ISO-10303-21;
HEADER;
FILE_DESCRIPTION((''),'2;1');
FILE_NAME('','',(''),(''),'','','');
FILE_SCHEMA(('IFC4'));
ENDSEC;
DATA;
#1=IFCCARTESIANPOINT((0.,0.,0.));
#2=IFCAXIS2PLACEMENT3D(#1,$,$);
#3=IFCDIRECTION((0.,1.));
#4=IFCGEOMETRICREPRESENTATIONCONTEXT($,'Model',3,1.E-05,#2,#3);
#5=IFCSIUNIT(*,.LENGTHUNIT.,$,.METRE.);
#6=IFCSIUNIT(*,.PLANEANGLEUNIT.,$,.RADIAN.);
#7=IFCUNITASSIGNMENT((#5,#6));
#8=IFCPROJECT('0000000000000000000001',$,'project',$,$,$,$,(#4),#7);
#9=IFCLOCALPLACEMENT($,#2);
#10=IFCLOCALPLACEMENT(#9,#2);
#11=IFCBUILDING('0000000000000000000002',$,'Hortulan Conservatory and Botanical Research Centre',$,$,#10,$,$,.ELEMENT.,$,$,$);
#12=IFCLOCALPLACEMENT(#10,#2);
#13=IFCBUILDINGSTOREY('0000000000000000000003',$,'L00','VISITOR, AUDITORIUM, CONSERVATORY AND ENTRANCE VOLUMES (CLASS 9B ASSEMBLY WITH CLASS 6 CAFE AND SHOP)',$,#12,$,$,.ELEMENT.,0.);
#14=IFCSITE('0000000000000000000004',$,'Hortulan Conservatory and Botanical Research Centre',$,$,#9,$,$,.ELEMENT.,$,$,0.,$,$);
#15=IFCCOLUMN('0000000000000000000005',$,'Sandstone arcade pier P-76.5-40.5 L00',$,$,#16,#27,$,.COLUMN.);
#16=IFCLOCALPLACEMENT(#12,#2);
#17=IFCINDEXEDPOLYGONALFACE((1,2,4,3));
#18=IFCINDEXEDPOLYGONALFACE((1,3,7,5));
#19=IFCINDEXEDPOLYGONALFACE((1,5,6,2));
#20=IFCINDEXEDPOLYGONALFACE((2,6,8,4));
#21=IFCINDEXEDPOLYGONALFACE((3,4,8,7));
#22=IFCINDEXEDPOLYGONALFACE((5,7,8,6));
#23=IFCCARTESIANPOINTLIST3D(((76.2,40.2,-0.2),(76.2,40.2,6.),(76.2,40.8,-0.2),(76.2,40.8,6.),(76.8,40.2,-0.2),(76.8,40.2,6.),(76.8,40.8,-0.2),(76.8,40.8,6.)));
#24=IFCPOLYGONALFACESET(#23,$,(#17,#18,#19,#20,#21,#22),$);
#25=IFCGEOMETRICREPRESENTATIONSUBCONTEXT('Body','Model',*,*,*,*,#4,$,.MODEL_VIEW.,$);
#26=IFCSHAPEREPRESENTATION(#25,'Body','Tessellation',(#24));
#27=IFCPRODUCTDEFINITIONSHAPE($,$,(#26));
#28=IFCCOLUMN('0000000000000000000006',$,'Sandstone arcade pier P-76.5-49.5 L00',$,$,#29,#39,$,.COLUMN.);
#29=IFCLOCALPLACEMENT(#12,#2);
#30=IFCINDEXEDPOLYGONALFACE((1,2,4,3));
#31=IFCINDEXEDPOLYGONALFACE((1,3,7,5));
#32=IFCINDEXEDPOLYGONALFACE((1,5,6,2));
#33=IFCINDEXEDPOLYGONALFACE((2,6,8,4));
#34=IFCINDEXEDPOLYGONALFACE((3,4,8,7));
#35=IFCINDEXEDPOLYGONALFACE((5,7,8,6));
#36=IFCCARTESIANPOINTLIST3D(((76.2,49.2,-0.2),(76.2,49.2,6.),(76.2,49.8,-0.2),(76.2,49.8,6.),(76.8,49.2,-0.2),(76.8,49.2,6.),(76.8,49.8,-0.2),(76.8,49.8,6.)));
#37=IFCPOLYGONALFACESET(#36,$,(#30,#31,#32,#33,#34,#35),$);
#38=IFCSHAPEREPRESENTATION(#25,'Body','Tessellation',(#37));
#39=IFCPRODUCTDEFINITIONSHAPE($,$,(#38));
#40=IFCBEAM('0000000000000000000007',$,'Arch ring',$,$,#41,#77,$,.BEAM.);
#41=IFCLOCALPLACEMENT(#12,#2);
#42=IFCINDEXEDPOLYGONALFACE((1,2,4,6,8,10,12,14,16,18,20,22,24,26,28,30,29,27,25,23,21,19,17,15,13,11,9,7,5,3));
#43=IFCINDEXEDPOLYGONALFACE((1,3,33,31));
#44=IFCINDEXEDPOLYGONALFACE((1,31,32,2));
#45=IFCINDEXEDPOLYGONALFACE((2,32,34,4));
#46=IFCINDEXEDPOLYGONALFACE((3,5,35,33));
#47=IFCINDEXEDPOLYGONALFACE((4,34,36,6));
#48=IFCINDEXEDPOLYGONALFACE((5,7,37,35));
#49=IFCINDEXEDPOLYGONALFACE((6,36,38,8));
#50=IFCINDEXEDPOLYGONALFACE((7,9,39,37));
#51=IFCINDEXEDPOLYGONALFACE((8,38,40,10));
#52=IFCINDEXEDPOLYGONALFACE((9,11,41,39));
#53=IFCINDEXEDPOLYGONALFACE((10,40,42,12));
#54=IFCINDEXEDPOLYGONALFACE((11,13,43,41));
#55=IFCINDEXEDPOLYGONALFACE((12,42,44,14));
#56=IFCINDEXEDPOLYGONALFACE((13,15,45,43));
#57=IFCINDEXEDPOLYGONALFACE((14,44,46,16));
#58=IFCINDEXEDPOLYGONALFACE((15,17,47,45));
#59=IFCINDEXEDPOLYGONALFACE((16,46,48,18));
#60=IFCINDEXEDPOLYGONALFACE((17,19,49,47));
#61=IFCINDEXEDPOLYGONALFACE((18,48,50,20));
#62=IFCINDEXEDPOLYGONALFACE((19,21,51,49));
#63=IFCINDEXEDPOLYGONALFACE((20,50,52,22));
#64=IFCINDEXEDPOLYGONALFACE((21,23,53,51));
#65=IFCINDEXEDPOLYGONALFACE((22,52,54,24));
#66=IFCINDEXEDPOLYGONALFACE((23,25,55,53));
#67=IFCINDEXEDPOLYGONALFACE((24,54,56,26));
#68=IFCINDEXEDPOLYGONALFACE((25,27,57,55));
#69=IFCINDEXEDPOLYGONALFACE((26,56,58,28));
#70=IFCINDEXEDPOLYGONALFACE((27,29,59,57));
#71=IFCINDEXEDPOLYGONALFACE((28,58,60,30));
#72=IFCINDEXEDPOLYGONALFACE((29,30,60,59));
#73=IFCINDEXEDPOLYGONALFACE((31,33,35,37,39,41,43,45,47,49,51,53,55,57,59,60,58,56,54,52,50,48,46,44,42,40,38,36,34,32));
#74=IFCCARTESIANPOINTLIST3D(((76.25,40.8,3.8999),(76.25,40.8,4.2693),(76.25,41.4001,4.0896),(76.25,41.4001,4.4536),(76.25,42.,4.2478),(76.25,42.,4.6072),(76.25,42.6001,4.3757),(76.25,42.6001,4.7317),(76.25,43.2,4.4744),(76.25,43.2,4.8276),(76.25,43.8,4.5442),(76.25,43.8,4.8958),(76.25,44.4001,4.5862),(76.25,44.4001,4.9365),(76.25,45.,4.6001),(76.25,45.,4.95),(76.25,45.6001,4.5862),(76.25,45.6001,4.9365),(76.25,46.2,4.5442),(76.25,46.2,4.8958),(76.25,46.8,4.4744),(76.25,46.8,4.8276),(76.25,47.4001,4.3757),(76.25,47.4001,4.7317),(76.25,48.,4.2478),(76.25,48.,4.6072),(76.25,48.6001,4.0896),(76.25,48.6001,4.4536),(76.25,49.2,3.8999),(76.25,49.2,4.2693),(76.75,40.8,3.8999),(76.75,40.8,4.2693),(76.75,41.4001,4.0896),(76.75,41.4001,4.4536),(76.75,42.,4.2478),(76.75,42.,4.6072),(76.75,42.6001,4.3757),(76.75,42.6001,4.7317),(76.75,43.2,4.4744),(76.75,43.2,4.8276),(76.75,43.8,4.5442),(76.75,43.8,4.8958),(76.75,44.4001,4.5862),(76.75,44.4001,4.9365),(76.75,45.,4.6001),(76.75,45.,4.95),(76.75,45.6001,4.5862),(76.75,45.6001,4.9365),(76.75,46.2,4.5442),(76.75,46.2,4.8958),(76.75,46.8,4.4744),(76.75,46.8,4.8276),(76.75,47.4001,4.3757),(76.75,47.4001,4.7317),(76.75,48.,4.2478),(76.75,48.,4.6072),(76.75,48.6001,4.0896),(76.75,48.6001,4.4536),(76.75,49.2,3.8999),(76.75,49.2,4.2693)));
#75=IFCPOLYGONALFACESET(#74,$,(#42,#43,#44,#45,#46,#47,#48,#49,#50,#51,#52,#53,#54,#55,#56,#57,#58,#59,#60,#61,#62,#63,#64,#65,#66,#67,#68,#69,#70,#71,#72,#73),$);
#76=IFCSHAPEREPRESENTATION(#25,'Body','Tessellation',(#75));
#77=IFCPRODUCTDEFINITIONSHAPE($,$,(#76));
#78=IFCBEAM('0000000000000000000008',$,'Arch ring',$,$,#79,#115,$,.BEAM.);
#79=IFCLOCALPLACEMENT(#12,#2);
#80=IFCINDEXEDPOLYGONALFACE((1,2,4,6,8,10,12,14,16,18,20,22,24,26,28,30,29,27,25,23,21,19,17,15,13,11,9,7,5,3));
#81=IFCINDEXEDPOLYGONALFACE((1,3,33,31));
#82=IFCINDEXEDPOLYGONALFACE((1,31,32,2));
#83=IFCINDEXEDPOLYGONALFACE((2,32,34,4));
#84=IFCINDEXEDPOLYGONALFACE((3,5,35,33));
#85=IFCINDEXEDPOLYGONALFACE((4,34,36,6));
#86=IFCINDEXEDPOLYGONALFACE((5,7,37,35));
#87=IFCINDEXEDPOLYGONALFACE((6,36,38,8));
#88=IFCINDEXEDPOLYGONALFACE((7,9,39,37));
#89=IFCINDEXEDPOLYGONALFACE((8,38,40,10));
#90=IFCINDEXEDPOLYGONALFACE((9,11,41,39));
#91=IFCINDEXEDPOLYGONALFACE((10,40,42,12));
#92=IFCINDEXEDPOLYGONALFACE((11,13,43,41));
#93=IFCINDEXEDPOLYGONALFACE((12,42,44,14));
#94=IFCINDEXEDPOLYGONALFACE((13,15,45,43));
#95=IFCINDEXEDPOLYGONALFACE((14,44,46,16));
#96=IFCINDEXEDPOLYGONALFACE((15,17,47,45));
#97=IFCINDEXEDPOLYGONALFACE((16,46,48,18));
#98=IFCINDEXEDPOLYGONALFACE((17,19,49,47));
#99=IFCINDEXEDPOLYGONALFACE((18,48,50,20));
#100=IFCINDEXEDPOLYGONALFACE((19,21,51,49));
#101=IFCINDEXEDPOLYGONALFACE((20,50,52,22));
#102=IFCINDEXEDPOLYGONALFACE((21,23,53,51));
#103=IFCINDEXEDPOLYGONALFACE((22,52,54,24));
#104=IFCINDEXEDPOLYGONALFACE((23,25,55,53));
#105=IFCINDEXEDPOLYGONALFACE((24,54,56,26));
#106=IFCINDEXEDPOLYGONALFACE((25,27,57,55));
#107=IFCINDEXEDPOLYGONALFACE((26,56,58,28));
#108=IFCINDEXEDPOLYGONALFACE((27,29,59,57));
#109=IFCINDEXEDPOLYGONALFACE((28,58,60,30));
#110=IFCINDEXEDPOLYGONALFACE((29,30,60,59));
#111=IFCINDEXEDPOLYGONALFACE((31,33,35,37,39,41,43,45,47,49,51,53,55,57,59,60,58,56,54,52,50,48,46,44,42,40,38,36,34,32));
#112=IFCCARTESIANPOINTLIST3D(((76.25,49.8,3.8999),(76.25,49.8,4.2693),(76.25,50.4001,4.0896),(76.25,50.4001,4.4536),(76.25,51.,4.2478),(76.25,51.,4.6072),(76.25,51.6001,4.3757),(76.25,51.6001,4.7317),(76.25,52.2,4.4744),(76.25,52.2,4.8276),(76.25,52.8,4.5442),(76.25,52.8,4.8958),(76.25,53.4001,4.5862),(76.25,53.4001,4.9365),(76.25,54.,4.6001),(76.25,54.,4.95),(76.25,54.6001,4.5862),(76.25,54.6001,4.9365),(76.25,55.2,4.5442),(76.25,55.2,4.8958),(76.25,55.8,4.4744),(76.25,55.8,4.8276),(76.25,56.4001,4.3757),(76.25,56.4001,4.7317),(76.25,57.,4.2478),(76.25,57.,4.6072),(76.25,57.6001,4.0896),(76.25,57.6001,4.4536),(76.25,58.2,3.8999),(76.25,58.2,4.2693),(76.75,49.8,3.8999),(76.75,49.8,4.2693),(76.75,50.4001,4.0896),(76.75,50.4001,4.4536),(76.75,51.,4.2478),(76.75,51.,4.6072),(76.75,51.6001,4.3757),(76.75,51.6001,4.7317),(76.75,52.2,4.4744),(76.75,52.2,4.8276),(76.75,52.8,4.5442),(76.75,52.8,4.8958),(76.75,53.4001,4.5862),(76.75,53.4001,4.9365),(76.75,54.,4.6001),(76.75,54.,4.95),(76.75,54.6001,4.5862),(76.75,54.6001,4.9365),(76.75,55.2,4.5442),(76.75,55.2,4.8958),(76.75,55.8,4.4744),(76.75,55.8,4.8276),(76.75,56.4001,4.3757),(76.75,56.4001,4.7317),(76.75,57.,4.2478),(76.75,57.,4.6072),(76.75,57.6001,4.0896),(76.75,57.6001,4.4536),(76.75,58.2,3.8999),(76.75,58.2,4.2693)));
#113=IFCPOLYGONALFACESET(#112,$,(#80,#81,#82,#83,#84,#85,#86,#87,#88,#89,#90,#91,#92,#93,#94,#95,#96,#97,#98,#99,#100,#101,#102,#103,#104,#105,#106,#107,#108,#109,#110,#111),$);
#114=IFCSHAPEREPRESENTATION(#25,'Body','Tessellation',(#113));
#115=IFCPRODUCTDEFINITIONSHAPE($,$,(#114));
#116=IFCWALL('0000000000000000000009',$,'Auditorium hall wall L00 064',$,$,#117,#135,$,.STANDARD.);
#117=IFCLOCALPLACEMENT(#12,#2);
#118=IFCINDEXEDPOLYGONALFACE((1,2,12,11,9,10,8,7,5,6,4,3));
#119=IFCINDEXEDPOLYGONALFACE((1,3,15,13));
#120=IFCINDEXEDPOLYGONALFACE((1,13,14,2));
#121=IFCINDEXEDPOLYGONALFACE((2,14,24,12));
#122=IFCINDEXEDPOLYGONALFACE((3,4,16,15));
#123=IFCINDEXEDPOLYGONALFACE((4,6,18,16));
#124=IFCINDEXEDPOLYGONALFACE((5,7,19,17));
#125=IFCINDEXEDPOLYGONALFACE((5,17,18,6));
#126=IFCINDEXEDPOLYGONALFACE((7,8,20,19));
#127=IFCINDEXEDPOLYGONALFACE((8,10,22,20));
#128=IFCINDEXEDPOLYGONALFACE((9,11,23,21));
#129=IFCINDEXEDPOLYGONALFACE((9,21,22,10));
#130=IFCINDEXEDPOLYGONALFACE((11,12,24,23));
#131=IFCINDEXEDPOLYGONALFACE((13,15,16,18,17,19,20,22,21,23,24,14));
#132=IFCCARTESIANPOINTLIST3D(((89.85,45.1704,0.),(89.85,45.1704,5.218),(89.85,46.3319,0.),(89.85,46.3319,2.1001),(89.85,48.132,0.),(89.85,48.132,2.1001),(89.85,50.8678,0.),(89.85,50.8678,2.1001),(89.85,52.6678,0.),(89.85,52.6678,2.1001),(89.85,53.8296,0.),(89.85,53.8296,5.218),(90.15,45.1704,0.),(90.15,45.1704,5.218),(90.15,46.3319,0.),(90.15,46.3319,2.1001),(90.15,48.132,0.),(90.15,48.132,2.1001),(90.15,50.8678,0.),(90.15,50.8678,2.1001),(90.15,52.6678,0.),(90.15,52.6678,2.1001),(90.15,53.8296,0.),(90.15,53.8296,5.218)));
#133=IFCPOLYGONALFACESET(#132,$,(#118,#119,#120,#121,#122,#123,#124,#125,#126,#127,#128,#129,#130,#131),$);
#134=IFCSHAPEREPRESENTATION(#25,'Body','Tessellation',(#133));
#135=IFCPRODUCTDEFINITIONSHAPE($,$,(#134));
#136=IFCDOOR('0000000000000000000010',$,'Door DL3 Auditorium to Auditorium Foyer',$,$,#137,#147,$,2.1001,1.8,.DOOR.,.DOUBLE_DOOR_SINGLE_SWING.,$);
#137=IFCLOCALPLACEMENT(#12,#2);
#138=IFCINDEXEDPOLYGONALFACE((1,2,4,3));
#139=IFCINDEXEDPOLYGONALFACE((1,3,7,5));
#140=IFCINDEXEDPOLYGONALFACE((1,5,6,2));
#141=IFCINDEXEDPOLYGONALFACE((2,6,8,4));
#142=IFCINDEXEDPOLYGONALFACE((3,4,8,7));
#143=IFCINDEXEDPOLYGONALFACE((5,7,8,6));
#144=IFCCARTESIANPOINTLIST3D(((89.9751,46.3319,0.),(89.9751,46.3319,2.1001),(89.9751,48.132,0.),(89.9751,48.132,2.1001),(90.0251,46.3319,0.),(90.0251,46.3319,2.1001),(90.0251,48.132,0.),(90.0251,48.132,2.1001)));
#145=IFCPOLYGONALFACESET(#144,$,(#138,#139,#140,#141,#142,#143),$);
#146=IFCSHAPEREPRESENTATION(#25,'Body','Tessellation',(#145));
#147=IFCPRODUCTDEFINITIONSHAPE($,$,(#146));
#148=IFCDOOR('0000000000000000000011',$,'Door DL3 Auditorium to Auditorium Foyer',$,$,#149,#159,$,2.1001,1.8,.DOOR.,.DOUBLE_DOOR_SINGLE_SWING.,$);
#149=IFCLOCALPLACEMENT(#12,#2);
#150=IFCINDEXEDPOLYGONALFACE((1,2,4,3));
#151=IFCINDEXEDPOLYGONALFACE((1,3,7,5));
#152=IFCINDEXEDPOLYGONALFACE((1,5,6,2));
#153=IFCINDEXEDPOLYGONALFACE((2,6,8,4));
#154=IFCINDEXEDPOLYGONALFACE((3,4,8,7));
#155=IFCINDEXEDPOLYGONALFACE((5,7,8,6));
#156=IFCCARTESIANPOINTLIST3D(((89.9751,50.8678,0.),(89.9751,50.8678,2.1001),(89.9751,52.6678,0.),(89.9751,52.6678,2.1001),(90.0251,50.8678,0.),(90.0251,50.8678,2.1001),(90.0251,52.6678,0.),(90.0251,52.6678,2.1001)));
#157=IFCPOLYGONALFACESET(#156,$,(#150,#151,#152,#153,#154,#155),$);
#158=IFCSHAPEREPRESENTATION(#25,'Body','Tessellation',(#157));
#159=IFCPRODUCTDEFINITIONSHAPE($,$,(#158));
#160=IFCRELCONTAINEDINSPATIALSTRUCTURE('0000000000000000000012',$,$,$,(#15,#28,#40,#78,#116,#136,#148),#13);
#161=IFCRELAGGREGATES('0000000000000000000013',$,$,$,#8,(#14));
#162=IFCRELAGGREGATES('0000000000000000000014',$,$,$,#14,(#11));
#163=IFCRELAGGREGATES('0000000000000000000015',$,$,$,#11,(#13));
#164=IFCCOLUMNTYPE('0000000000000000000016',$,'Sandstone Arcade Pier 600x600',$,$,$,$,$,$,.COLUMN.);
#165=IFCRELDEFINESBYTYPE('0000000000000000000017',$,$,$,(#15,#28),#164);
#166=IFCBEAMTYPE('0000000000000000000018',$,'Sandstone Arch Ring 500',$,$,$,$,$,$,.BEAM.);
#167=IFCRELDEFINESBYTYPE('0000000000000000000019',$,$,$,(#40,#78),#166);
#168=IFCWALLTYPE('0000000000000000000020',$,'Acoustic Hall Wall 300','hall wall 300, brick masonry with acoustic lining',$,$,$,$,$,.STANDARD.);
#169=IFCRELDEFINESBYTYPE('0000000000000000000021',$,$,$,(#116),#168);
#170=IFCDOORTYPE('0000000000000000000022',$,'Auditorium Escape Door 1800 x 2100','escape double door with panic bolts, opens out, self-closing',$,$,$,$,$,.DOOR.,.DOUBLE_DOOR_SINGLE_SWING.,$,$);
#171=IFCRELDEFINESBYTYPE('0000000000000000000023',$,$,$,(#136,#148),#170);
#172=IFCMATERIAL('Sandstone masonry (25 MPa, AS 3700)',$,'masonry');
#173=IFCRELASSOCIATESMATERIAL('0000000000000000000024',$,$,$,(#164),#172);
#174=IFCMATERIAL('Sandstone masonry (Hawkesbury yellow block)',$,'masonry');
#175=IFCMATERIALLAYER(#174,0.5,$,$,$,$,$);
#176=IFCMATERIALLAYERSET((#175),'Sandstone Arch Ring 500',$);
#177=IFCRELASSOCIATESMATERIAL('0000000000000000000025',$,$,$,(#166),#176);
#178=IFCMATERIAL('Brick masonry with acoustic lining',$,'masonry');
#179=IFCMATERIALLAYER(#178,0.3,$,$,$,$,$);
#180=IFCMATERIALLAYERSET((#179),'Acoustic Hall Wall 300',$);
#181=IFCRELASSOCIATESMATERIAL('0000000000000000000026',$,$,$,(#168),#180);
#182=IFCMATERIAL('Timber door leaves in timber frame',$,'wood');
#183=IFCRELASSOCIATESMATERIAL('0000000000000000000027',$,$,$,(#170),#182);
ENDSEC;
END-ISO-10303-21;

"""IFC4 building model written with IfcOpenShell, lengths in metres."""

from ifc_helpers import new_model, si_unit, direction, frame, frame_2d, origin, origin_2d, place, context, subcontext, project, spatial, polyline, rectangle, outline, extrude, material, layer, layer_set, material_profile, profile_set, type_object, element, fill, save


model = new_model("IFC4")

# Units and contexts
model_context = context("Model", 3, precision=1e-05, world=origin(), true_north=direction((0.0, 1.0)))
body_context = subcontext(model_context, "Body", "Model", "MODEL_VIEW")
ifc_project = project(units=[si_unit("LENGTHUNIT", "METRE"), si_unit("PLANEANGLEUNIT", "RADIAN")], contexts=[model_context])

# Site, building, storey
site_placement = place(None, origin())
site = spatial("IfcSite", under=ifc_project, at=site_placement, Name="Hortulan Conservatory and Botanical Research Centre", CompositionType="ELEMENT", RefElevation=0.0)
building_placement = place(site_placement, origin())
building = spatial("IfcBuilding", under=site, at=building_placement, Name="Hortulan Conservatory and Botanical Research Centre", CompositionType="ELEMENT")
storey_placement = place(building_placement, origin())
storey = spatial("IfcBuildingStorey", under=building, at=storey_placement, Name="L00", Description="VISITOR, AUDITORIUM, CONSERVATORY AND ENTRANCE VOLUMES (CLASS 9B ASSEMBLY WITH CLASS 6 CAFE AND SHOP)", CompositionType="ELEMENT", Elevation=0.0)

# Columns
ifc_material_1 = material(Name="Sandstone masonry (25 MPa, AS 3700)", Category="masonry")
ifc_material_profile_1 = material_profile(ifc_material_1, rectangle(XDim=0.6001, YDim=0.6001, at=origin_2d()), Name="Square pier 600")
ifc_profile_set_1 = profile_set([ifc_material_profile_1], Name="Sandstone masonry (25 MPa, AS 3700)")
column_type_1 = type_object("IfcColumnType", Name="Sandstone Arcade Pier 600x600", PredefinedType="COLUMN", material=ifc_profile_set_1)
for number, where, z_axis, x_axis, name in (
    (1, (76.5, 40.5, -0.2), (0.0, 0.0, 1.0), (1.0, 0.0, 0.0), "Sandstone arcade pier P-76.5-40.5 L00"),
    (2, (76.5, 49.5, -0.2), (0.0, 0.0, 1.0), (1.0, 0.0, 0.0), "Sandstone arcade pier P-76.5-49.5 L00"),
):
    element("IfcColumn", number, at=place(storey_placement, frame(where, z_axis=z_axis, x_axis=x_axis)), inside=storey, type_object=column_type_1, Name=name, PredefinedType="COLUMN", context=body_context, shape_type="SweptSolid", body=[
        extrude(rectangle(XDim=0.6001, YDim=0.6001, at=origin_2d()), origin(), (0.0, 0.0, 1.0), 6.2),
    ])

# Beams
ifc_material_2 = material(Name="Sandstone masonry (Hawkesbury yellow block)", Category="masonry")
ifc_layer_1 = layer(ifc_material_2, 0.5)
ifc_layer_set_1 = layer_set([ifc_layer_1], Name="Sandstone Arch Ring 500")
beam_type = type_object("IfcBeamType", Name="Sandstone Arch Ring 500", PredefinedType="BEAM", material=ifc_layer_set_1)
for number, where, z_axis, x_axis, name in (
    (3, (76.5, 40.8, 3.8999), (0.0, 0.0, 1.0), (0.0, 1.0, 0.0), "Arch ring"),
    (4, (76.5, 49.8, 3.8999), (0.0, 0.0, 1.0), (0.0, 1.0, 0.0), "Arch ring"),
):
    element("IfcBeam", number, at=place(storey_placement, frame(where, z_axis=z_axis, x_axis=x_axis)), inside=storey, type_object=beam_type, Name=name, PredefinedType="BEAM", context=body_context, shape_type="SweptSolid", body=[
        extrude(outline(polyline([(0.0, 0.0), (0.6001, 0.1897), (1.2, 0.3479), (1.8, 0.4758), (2.3999, 0.5745), (3.0, 0.6443), (3.6001, 0.6863), (4.2, 0.7002), (4.8, 0.6863), (5.3999, 0.6443), (6.0, 0.5745), (6.6001, 0.4758), (7.2, 0.3479), (7.8, 0.1897), (8.3999, 0.0), (8.3999, 0.3694), (7.8, 0.5537), (7.2, 0.7073), (6.6001, 0.8318), (6.0, 0.9277), (5.3999, 0.9958), (4.8, 1.0366), (4.2, 1.05), (3.6001, 1.0366), (3.0, 0.9958), (2.3999, 0.9277), (1.8, 0.8318), (1.2, 0.7073), (0.6001, 0.5537), (0.0, 0.3694), (0.0, 0.0)])), frame((0.0, 0.25, 0.0), z_axis=(0.0, -1.0, 0.0), x_axis=(1.0, 0.0, 0.0)), (0.0, 0.0, 1.0), 0.5),
    ])

# Wall, openings, doors
ifc_material_3 = material(Name="Brick masonry with acoustic lining", Category="masonry")
ifc_layer_2 = layer(ifc_material_3, 0.3)
ifc_layer_set_2 = layer_set([ifc_layer_2], Name="Acoustic Hall Wall 300")
wall_type_1 = type_object("IfcWallType", Name="Acoustic Hall Wall 300", Description="hall wall 300, brick masonry with acoustic lining", PredefinedType="STANDARD", material=ifc_layer_set_2)
wall_1_placement = place(storey_placement, frame((90.0, 45.1704, 0.0), z_axis=(0.0, 0.0, 1.0), x_axis=(0.0, 1.0, 0.0)))
wall_1 = element("IfcWall", 5, at=wall_1_placement, inside=storey, type_object=wall_type_1, Name="Auditorium hall wall L00 064", PredefinedType="STANDARD", context=body_context, shape_type="SweptSolid", body=[
    extrude(rectangle(XDim=8.6592, YDim=0.3, at=frame_2d((4.3296, 0.0))), origin(), (0.0, 0.0, 1.0), 5.218),
])
opening_1_placement = place(wall_1_placement, frame((1.1616, 0.0, 0.0)))
opening_1 = element("IfcOpeningElement", 6, at=opening_1_placement, cuts=wall_1, PredefinedType="OPENING", context=body_context, shape_type="SweptSolid", body=[
    extrude(rectangle(XDim=1.8, YDim=2.1001, at=frame_2d((0.8999, 1.05))), frame((0.0, 0.1599, 0.0), z_axis=(0.0, -1.0, 0.0), x_axis=(1.0, 0.0, 0.0)), (0.0, 0.0, 1.0), 0.3201),
])
opening_2_placement = place(wall_1_placement, frame((5.6975, 0.0, 0.0)))
opening_2 = element("IfcOpeningElement", 7, at=opening_2_placement, cuts=wall_1, PredefinedType="OPENING", context=body_context, shape_type="SweptSolid", body=[
    extrude(rectangle(XDim=1.8, YDim=2.1001, at=frame_2d((0.8999, 1.05))), frame((0.0, 0.1599, 0.0), z_axis=(0.0, -1.0, 0.0), x_axis=(1.0, 0.0, 0.0)), (0.0, 0.0, 1.0), 0.3201),
])
ifc_material_4 = material(Name="Timber door leaves in timber frame", Category="wood")
door_type_1 = type_object("IfcDoorType", Name="Auditorium Escape Door 1800 x 2100", Description="escape double door with panic bolts, opens out, self-closing", OperationType="DOUBLE_DOOR_SINGLE_SWING", PredefinedType="DOOR", material=ifc_material_4)
door_1_placement = place(opening_1_placement, origin())
door_1 = element("IfcDoor", 8, at=door_1_placement, inside=storey, type_object=door_type_1, Name="Door DL3 Auditorium to Auditorium Foyer", OperationType="DOUBLE_DOOR_SINGLE_SWING", OverallHeight=2.1001, OverallWidth=1.8, PredefinedType="DOOR", context=body_context, shape_type="SweptSolid", body=[
    extrude(rectangle(XDim=1.8, YDim=2.1001, at=frame_2d((0.8999, 1.05))), frame((0.0, 0.0249, 0.0), z_axis=(0.0, -1.0, 0.0), x_axis=(1.0, 0.0, 0.0)), (0.0, 0.0, 1.0), 0.05),
])
fill(opening_1, door_1)
door_2_placement = place(opening_2_placement, origin())
door_2 = element("IfcDoor", 9, at=door_2_placement, inside=storey, type_object=door_type_1, Name="Door DL3 Auditorium to Auditorium Foyer", OperationType="DOUBLE_DOOR_SINGLE_SWING", OverallHeight=2.1001, OverallWidth=1.8, PredefinedType="DOOR", context=body_context, shape_type="SweptSolid", body=[
    extrude(rectangle(XDim=1.8, YDim=2.1001, at=frame_2d((0.8999, 1.05))), frame((0.0, 0.0249, 0.0), z_axis=(0.0, -1.0, 0.0), x_axis=(1.0, 0.0, 0.0)), (0.0, 0.0, 1.0), 0.05),
])
fill(opening_2, door_2)

save(model, "model.ifc")
